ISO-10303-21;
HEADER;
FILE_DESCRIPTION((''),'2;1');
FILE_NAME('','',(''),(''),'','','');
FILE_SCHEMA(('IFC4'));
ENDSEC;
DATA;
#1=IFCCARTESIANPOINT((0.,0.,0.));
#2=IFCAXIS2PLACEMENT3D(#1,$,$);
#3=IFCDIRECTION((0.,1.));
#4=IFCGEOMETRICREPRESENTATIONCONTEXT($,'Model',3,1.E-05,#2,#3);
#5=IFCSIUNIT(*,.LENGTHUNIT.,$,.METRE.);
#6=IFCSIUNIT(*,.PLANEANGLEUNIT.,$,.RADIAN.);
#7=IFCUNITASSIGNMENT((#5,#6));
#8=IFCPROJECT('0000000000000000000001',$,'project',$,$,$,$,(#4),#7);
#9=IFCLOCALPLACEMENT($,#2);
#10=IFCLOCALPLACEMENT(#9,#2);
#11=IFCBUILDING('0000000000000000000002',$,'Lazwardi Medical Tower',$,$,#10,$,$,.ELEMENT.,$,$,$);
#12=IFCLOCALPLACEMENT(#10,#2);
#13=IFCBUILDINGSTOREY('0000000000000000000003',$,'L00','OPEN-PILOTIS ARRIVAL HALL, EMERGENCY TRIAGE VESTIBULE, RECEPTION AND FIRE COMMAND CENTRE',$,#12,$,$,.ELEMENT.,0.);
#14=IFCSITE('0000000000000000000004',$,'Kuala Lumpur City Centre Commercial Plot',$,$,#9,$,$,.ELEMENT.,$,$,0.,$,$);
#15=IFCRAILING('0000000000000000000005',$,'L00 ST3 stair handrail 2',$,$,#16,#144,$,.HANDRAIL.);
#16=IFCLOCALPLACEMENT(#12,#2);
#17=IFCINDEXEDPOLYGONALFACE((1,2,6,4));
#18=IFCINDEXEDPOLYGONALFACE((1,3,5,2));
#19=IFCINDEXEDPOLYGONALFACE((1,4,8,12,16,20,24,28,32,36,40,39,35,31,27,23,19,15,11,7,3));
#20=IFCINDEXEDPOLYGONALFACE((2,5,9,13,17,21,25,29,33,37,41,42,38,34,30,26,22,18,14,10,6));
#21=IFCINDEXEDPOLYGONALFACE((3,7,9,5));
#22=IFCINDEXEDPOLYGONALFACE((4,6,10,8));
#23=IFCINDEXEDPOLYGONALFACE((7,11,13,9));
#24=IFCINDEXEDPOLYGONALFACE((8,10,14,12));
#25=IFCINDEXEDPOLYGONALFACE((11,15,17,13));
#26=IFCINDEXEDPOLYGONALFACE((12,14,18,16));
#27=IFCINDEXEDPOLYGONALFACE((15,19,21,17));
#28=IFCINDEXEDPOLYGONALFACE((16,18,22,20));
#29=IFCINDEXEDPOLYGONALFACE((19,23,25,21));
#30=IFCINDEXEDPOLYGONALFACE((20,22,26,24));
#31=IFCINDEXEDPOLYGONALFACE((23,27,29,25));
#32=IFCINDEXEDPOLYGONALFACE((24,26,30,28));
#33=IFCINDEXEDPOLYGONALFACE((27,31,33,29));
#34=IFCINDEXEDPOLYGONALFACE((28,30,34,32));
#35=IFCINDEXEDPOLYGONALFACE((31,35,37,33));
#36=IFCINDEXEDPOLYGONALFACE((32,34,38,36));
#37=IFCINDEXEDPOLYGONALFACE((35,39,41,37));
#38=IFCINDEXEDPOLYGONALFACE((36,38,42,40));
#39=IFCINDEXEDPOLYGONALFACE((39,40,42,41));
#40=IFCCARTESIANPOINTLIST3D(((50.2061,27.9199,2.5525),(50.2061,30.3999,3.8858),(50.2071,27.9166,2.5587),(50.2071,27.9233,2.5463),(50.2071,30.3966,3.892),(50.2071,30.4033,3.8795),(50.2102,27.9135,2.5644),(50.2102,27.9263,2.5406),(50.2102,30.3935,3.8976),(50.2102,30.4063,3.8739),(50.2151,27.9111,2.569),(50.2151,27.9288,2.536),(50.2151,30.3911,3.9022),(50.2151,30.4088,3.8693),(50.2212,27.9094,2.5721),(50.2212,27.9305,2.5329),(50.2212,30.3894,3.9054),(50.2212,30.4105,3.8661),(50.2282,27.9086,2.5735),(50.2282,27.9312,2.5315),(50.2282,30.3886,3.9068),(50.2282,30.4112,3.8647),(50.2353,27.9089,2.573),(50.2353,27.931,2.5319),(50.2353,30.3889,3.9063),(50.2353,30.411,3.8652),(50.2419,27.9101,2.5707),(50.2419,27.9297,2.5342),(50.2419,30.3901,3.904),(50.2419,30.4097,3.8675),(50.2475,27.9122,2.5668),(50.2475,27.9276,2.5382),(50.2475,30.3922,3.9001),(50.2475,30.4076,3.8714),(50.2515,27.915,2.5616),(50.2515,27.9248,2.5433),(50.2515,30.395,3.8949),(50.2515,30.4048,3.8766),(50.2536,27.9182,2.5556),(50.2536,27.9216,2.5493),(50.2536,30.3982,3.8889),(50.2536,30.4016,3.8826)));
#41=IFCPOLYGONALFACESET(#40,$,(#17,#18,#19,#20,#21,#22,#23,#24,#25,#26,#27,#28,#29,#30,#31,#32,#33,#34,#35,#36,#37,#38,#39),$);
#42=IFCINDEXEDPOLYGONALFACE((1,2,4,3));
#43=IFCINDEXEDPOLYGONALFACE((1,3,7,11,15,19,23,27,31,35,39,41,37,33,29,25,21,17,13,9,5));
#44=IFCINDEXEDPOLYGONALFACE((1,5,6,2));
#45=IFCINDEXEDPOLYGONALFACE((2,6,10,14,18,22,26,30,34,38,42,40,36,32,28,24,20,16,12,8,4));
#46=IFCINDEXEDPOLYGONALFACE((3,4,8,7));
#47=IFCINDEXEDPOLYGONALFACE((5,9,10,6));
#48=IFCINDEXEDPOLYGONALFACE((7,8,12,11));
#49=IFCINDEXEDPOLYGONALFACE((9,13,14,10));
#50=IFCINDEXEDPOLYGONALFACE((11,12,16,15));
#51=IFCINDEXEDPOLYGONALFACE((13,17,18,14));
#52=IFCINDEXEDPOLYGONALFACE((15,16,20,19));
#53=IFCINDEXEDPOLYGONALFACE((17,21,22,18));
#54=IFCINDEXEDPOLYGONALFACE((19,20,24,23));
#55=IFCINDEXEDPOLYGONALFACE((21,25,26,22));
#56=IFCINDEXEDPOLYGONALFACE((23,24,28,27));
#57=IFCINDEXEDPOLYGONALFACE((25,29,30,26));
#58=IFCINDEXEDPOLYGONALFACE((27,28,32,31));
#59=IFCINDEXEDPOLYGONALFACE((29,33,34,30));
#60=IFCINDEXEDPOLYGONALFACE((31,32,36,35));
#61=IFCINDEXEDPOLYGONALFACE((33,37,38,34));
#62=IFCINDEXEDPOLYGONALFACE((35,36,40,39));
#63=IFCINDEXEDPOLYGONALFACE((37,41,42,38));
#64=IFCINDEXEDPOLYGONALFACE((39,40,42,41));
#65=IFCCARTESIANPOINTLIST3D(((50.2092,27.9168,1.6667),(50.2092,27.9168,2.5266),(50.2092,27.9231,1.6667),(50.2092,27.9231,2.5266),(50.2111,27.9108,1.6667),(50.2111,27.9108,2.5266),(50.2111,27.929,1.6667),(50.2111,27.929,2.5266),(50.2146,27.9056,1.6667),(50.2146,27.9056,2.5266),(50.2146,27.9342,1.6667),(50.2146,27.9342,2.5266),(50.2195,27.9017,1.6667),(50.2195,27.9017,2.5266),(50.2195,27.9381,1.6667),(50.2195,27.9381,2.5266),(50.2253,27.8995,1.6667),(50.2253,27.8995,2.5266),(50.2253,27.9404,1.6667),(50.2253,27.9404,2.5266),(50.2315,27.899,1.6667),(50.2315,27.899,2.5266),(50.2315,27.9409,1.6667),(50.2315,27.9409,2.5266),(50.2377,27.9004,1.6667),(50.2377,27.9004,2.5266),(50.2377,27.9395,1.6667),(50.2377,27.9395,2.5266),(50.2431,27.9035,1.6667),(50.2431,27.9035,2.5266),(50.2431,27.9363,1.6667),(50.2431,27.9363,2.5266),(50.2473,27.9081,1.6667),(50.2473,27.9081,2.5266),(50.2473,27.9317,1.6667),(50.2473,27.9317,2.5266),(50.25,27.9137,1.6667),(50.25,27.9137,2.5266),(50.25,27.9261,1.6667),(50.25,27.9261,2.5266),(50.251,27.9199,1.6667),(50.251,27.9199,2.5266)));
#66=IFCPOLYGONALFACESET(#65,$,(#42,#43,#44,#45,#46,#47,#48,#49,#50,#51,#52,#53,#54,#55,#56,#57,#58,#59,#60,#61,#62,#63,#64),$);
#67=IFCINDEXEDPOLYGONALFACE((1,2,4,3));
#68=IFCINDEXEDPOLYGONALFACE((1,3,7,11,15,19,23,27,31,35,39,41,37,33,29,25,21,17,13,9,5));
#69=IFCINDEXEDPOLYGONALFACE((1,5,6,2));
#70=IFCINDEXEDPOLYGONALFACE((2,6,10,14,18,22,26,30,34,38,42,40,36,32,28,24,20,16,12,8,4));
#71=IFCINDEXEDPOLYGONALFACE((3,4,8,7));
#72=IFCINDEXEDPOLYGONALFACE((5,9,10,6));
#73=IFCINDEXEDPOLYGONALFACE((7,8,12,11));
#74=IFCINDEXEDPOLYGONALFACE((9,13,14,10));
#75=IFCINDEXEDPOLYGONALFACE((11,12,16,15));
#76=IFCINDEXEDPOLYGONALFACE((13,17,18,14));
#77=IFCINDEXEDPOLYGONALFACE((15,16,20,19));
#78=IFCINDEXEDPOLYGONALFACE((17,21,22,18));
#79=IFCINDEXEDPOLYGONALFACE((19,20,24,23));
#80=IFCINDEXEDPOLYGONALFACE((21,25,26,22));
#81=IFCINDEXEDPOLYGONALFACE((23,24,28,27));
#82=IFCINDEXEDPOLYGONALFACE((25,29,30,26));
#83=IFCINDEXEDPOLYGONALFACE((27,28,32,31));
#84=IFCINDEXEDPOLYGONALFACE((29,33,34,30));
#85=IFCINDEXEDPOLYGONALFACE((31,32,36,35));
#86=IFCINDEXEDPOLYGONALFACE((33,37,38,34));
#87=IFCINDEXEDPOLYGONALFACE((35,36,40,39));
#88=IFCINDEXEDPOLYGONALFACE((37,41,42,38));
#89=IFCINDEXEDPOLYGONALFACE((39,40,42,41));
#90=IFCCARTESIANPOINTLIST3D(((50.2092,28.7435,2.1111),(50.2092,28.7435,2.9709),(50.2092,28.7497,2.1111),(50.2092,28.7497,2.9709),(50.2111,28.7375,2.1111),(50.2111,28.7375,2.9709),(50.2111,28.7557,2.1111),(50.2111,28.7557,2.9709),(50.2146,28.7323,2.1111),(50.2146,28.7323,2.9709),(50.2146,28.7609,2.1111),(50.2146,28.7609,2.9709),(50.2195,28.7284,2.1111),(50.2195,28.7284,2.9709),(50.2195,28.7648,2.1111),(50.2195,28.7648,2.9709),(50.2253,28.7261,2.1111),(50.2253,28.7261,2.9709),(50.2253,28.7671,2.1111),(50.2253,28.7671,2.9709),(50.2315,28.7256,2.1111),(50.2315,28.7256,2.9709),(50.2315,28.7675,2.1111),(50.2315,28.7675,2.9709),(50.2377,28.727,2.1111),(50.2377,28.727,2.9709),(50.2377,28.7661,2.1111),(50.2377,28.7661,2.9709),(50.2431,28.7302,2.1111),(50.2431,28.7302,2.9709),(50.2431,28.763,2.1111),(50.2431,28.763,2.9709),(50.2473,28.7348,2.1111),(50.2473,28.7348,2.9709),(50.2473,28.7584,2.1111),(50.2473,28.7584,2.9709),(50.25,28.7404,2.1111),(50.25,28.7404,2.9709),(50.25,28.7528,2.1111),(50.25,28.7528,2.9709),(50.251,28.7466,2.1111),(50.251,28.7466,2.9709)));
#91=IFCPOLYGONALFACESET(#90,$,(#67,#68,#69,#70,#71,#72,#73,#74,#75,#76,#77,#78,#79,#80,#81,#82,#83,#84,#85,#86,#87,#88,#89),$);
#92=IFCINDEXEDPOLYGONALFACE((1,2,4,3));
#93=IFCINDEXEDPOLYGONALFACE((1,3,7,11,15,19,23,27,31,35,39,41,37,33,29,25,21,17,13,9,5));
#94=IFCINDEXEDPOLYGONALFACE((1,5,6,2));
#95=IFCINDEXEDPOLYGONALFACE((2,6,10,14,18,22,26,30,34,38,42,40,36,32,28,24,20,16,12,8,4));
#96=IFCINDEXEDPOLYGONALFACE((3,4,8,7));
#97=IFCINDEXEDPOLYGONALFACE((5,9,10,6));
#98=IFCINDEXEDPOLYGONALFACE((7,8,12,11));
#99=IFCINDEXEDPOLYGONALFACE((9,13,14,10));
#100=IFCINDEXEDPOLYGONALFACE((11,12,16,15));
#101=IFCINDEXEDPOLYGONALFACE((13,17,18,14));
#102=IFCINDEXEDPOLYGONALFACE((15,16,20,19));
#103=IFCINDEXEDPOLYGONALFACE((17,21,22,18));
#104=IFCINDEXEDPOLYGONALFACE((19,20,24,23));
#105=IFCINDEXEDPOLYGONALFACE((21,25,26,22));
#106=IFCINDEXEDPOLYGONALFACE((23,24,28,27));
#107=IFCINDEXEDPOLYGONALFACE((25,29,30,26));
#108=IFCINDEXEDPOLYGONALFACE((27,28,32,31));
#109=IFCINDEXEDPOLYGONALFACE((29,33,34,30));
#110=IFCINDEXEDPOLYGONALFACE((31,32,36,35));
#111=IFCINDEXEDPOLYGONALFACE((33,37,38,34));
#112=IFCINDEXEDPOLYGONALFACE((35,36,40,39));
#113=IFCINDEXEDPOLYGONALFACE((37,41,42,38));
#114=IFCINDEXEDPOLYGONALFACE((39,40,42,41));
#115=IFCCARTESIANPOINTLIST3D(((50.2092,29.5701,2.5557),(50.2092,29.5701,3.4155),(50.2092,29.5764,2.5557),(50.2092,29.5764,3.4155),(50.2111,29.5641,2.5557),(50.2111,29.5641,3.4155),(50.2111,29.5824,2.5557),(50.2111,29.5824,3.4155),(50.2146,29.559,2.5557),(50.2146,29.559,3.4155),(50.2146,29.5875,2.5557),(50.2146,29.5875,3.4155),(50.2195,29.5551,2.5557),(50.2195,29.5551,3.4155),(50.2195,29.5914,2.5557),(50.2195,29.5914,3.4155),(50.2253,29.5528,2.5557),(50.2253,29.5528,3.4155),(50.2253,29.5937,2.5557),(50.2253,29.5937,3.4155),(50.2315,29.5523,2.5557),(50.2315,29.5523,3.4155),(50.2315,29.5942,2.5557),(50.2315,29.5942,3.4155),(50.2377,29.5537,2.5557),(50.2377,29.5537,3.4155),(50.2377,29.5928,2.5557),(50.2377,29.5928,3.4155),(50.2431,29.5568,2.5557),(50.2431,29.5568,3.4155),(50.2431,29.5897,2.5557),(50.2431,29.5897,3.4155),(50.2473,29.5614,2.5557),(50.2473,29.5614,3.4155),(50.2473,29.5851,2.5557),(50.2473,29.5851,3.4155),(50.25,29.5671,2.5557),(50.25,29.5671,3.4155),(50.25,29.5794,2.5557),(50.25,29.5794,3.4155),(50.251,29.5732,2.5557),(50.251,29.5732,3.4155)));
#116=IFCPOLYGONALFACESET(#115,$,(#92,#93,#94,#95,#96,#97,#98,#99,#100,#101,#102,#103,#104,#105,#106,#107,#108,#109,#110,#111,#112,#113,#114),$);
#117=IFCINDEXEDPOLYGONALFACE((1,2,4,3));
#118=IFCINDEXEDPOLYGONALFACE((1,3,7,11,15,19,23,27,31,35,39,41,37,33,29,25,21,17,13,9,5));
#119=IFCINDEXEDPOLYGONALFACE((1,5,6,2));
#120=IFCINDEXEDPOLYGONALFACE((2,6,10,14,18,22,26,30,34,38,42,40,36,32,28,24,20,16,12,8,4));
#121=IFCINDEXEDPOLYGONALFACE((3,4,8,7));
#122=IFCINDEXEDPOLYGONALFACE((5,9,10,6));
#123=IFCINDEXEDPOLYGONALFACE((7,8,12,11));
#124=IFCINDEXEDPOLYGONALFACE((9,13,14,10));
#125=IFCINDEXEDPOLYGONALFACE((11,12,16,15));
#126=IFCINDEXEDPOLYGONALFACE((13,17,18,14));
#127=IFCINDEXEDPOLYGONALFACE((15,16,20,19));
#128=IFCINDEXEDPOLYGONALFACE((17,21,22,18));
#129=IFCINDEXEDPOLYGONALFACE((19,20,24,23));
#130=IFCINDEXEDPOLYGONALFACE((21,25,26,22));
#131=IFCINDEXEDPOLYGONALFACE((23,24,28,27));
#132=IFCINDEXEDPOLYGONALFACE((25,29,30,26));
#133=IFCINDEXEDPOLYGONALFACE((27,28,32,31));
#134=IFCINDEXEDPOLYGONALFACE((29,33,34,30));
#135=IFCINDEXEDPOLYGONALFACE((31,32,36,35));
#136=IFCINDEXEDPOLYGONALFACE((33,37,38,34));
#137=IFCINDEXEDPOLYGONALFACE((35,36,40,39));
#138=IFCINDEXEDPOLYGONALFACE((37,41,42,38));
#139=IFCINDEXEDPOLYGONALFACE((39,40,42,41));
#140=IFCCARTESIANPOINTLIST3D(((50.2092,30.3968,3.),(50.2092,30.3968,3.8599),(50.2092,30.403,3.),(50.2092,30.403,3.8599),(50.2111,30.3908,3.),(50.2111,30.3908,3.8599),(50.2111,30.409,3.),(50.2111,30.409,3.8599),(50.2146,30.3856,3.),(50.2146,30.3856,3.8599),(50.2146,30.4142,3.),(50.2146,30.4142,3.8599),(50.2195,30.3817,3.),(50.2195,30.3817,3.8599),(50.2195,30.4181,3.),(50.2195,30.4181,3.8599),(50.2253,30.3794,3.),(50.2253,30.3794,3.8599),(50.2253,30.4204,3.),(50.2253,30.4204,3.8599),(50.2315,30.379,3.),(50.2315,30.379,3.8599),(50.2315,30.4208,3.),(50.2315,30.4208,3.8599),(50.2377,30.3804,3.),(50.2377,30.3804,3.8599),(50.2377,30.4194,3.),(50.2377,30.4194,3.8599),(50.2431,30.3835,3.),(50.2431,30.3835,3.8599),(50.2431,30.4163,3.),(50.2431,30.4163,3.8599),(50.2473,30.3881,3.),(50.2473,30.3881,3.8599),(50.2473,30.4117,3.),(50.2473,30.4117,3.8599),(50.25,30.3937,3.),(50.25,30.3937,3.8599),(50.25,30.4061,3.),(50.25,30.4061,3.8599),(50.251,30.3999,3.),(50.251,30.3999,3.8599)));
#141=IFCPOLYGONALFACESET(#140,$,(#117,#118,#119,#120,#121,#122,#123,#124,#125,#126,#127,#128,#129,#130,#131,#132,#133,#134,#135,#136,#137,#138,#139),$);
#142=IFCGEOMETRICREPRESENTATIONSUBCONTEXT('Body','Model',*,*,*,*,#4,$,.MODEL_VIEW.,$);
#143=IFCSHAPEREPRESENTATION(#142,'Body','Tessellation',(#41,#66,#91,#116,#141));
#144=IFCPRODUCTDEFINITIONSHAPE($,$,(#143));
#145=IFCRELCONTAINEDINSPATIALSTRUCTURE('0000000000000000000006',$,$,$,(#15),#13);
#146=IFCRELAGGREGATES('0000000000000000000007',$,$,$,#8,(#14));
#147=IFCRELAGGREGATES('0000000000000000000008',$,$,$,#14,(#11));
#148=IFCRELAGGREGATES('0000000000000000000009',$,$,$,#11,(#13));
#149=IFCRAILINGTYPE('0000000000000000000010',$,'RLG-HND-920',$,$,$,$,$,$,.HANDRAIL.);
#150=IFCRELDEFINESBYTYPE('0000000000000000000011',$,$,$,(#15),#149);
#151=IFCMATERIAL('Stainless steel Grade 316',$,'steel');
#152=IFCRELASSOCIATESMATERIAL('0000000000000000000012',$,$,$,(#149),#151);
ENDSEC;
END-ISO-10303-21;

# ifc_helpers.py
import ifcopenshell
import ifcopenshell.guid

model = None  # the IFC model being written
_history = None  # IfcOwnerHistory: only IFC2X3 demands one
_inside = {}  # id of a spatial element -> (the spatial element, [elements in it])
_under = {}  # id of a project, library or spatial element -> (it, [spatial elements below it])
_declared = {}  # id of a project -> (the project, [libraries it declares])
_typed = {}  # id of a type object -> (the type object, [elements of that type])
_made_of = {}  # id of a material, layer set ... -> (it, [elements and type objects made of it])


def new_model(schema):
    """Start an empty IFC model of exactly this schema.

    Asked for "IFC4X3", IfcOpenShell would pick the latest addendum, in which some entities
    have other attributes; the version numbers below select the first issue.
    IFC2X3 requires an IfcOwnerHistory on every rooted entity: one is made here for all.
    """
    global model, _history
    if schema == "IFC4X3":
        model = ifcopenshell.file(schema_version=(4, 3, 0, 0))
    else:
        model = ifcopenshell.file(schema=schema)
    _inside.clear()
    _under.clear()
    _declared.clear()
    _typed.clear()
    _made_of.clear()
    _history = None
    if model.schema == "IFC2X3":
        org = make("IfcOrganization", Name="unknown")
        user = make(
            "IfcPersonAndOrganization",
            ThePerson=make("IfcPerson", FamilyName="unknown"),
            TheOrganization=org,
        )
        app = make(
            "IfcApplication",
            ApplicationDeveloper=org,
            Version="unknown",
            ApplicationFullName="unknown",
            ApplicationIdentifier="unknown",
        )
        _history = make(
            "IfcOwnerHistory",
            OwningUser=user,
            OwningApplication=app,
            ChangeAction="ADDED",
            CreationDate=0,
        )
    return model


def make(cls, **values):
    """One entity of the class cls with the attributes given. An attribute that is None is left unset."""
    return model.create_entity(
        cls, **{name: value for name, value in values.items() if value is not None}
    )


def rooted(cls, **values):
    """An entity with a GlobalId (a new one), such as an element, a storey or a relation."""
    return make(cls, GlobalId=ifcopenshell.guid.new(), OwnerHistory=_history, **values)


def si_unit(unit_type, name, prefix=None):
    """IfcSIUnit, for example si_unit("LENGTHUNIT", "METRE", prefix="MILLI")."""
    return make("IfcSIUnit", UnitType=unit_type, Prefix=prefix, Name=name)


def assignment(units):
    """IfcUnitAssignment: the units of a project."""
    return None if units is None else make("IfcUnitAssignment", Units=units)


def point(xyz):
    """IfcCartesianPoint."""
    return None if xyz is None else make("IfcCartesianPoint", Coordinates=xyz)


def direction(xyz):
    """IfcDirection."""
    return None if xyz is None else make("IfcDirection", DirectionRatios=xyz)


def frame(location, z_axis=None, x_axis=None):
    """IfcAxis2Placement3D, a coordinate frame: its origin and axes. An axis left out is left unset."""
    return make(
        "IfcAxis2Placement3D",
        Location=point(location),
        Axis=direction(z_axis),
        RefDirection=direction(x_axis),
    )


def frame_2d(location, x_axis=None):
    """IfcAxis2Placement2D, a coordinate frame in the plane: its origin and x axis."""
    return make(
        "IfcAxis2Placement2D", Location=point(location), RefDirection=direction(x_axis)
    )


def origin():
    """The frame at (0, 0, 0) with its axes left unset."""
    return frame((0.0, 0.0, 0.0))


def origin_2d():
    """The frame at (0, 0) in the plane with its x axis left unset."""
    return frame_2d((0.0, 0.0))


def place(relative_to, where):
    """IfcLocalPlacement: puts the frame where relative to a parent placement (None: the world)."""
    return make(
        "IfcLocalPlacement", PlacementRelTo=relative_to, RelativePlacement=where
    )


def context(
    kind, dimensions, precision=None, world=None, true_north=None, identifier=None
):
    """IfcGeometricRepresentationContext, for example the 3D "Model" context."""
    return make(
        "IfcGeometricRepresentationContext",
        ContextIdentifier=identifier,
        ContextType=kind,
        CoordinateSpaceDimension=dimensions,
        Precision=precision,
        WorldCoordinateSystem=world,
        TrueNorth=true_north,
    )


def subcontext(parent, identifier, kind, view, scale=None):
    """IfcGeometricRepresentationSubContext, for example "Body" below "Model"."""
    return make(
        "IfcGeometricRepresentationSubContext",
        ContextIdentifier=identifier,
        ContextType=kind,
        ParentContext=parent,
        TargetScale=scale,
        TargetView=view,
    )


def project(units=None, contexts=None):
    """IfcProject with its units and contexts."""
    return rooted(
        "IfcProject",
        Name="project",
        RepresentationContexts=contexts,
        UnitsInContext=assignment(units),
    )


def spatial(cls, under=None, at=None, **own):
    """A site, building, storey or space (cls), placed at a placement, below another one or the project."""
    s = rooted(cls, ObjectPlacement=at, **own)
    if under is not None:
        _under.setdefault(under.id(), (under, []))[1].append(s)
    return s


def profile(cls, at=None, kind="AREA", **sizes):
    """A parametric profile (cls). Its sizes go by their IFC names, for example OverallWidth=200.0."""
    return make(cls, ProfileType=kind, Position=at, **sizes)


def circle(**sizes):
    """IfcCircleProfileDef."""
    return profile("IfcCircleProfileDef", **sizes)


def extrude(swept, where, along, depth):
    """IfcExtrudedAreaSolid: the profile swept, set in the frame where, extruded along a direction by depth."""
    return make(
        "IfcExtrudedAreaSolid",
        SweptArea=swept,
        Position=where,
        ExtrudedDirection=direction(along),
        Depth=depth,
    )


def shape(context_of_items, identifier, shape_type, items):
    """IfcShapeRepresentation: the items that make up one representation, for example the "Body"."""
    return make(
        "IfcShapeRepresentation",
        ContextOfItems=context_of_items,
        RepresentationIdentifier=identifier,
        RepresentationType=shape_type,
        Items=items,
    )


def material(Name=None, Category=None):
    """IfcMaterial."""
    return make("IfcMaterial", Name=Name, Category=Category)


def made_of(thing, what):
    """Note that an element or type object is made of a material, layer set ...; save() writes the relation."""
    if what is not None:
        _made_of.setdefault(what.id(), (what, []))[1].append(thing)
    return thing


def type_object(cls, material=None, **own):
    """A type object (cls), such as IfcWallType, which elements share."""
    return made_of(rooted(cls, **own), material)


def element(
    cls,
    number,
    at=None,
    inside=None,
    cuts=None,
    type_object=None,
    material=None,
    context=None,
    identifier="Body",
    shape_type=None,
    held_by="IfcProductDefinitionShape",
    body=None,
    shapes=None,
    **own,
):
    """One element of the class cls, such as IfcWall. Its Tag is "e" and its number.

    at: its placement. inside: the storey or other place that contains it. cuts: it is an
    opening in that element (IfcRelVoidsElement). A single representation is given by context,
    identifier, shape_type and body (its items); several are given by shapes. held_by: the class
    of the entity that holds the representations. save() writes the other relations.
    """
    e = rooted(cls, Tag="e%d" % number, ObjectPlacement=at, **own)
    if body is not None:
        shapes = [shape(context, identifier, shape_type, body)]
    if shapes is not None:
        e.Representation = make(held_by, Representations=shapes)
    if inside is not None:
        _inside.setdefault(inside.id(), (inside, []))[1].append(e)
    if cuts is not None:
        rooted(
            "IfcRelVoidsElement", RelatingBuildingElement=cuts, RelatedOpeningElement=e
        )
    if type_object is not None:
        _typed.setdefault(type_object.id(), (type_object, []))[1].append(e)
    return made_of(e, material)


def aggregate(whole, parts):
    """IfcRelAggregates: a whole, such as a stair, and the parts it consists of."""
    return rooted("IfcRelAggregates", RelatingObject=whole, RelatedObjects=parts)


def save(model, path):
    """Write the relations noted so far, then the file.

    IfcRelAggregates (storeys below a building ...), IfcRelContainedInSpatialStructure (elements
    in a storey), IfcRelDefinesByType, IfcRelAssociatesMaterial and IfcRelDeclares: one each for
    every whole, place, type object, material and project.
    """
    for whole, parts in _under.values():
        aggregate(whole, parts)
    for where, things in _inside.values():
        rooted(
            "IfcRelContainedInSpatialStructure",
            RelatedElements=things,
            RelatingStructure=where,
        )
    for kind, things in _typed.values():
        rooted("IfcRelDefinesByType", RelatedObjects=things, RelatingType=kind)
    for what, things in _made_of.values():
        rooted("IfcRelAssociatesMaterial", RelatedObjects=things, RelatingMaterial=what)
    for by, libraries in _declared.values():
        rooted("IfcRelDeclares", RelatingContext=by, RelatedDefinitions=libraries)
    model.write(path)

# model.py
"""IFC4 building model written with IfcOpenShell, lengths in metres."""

from ifc_helpers import new_model, si_unit, direction, frame, origin, origin_2d, place, context, subcontext, project, spatial, circle, extrude, material, type_object, element, save


model = new_model("IFC4")

# Units and contexts
model_context = context("Model", 3, precision=1e-05, world=origin(), true_north=direction((0.0, 1.0)))
body_context = subcontext(model_context, "Body", "Model", "MODEL_VIEW")
ifc_project = project(units=[si_unit("LENGTHUNIT", "METRE"), si_unit("PLANEANGLEUNIT", "RADIAN")], contexts=[model_context])

# Site, building, storey
site_placement = place(None, origin())
site = spatial("IfcSite", under=ifc_project, at=site_placement, Name="Kuala Lumpur City Centre Commercial Plot", CompositionType="ELEMENT", RefElevation=0.0)
building_placement = place(site_placement, origin())
building = spatial("IfcBuilding", under=site, at=building_placement, Name="Lazwardi Medical Tower", CompositionType="ELEMENT")
storey_placement = place(building_placement, origin())
storey = spatial("IfcBuildingStorey", under=building, at=storey_placement, Name="L00", Description="OPEN-PILOTIS ARRIVAL HALL, EMERGENCY TRIAGE VESTIBULE, RECEPTION AND FIRE COMMAND CENTRE", CompositionType="ELEMENT", Elevation=0.0)

# Railing
ifc_material_1 = material(Name="Stainless steel Grade 316", Category="steel")
railing_type_1 = type_object("IfcRailingType", Name="RLG-HND-920", PredefinedType="HANDRAIL", material=ifc_material_1)
for number, where, name in (
    (1, (50.23, 27.9199, 1.6667), "L00 ST3 stair handrail 2"),
):
    element("IfcRailing", number, at=place(storey_placement, frame(where)), inside=storey, type_object=railing_type_1, Name=name, PredefinedType="HANDRAIL", context=body_context, shape_type="SweptSolid", body=[
        extrude(circle(Radius=0.0239, at=origin_2d()), frame((0.0, 0.0, 0.8857), z_axis=(0.0, 0.880786, 0.473515), x_axis=(-1.0, 0.0, 0.0)), (0.0, 0.0, 1.0), 2.8157),
        extrude(circle(Radius=0.021, at=origin_2d()), origin(), (0.0, 0.0, 1.0), 0.8599),
        extrude(circle(Radius=0.021, at=origin_2d()), frame((0.0, 0.8267, 0.4443)), (0.0, 0.0, 1.0), 0.8599),
        extrude(circle(Radius=0.021, at=origin_2d()), frame((0.0, 1.6533, 0.8889)), (0.0, 0.0, 1.0), 0.8599),
        extrude(circle(Radius=0.021, at=origin_2d()), frame((0.0, 2.48, 1.3333)), (0.0, 0.0, 1.0), 0.8599),
    ])

save(model, "model.ifc")
